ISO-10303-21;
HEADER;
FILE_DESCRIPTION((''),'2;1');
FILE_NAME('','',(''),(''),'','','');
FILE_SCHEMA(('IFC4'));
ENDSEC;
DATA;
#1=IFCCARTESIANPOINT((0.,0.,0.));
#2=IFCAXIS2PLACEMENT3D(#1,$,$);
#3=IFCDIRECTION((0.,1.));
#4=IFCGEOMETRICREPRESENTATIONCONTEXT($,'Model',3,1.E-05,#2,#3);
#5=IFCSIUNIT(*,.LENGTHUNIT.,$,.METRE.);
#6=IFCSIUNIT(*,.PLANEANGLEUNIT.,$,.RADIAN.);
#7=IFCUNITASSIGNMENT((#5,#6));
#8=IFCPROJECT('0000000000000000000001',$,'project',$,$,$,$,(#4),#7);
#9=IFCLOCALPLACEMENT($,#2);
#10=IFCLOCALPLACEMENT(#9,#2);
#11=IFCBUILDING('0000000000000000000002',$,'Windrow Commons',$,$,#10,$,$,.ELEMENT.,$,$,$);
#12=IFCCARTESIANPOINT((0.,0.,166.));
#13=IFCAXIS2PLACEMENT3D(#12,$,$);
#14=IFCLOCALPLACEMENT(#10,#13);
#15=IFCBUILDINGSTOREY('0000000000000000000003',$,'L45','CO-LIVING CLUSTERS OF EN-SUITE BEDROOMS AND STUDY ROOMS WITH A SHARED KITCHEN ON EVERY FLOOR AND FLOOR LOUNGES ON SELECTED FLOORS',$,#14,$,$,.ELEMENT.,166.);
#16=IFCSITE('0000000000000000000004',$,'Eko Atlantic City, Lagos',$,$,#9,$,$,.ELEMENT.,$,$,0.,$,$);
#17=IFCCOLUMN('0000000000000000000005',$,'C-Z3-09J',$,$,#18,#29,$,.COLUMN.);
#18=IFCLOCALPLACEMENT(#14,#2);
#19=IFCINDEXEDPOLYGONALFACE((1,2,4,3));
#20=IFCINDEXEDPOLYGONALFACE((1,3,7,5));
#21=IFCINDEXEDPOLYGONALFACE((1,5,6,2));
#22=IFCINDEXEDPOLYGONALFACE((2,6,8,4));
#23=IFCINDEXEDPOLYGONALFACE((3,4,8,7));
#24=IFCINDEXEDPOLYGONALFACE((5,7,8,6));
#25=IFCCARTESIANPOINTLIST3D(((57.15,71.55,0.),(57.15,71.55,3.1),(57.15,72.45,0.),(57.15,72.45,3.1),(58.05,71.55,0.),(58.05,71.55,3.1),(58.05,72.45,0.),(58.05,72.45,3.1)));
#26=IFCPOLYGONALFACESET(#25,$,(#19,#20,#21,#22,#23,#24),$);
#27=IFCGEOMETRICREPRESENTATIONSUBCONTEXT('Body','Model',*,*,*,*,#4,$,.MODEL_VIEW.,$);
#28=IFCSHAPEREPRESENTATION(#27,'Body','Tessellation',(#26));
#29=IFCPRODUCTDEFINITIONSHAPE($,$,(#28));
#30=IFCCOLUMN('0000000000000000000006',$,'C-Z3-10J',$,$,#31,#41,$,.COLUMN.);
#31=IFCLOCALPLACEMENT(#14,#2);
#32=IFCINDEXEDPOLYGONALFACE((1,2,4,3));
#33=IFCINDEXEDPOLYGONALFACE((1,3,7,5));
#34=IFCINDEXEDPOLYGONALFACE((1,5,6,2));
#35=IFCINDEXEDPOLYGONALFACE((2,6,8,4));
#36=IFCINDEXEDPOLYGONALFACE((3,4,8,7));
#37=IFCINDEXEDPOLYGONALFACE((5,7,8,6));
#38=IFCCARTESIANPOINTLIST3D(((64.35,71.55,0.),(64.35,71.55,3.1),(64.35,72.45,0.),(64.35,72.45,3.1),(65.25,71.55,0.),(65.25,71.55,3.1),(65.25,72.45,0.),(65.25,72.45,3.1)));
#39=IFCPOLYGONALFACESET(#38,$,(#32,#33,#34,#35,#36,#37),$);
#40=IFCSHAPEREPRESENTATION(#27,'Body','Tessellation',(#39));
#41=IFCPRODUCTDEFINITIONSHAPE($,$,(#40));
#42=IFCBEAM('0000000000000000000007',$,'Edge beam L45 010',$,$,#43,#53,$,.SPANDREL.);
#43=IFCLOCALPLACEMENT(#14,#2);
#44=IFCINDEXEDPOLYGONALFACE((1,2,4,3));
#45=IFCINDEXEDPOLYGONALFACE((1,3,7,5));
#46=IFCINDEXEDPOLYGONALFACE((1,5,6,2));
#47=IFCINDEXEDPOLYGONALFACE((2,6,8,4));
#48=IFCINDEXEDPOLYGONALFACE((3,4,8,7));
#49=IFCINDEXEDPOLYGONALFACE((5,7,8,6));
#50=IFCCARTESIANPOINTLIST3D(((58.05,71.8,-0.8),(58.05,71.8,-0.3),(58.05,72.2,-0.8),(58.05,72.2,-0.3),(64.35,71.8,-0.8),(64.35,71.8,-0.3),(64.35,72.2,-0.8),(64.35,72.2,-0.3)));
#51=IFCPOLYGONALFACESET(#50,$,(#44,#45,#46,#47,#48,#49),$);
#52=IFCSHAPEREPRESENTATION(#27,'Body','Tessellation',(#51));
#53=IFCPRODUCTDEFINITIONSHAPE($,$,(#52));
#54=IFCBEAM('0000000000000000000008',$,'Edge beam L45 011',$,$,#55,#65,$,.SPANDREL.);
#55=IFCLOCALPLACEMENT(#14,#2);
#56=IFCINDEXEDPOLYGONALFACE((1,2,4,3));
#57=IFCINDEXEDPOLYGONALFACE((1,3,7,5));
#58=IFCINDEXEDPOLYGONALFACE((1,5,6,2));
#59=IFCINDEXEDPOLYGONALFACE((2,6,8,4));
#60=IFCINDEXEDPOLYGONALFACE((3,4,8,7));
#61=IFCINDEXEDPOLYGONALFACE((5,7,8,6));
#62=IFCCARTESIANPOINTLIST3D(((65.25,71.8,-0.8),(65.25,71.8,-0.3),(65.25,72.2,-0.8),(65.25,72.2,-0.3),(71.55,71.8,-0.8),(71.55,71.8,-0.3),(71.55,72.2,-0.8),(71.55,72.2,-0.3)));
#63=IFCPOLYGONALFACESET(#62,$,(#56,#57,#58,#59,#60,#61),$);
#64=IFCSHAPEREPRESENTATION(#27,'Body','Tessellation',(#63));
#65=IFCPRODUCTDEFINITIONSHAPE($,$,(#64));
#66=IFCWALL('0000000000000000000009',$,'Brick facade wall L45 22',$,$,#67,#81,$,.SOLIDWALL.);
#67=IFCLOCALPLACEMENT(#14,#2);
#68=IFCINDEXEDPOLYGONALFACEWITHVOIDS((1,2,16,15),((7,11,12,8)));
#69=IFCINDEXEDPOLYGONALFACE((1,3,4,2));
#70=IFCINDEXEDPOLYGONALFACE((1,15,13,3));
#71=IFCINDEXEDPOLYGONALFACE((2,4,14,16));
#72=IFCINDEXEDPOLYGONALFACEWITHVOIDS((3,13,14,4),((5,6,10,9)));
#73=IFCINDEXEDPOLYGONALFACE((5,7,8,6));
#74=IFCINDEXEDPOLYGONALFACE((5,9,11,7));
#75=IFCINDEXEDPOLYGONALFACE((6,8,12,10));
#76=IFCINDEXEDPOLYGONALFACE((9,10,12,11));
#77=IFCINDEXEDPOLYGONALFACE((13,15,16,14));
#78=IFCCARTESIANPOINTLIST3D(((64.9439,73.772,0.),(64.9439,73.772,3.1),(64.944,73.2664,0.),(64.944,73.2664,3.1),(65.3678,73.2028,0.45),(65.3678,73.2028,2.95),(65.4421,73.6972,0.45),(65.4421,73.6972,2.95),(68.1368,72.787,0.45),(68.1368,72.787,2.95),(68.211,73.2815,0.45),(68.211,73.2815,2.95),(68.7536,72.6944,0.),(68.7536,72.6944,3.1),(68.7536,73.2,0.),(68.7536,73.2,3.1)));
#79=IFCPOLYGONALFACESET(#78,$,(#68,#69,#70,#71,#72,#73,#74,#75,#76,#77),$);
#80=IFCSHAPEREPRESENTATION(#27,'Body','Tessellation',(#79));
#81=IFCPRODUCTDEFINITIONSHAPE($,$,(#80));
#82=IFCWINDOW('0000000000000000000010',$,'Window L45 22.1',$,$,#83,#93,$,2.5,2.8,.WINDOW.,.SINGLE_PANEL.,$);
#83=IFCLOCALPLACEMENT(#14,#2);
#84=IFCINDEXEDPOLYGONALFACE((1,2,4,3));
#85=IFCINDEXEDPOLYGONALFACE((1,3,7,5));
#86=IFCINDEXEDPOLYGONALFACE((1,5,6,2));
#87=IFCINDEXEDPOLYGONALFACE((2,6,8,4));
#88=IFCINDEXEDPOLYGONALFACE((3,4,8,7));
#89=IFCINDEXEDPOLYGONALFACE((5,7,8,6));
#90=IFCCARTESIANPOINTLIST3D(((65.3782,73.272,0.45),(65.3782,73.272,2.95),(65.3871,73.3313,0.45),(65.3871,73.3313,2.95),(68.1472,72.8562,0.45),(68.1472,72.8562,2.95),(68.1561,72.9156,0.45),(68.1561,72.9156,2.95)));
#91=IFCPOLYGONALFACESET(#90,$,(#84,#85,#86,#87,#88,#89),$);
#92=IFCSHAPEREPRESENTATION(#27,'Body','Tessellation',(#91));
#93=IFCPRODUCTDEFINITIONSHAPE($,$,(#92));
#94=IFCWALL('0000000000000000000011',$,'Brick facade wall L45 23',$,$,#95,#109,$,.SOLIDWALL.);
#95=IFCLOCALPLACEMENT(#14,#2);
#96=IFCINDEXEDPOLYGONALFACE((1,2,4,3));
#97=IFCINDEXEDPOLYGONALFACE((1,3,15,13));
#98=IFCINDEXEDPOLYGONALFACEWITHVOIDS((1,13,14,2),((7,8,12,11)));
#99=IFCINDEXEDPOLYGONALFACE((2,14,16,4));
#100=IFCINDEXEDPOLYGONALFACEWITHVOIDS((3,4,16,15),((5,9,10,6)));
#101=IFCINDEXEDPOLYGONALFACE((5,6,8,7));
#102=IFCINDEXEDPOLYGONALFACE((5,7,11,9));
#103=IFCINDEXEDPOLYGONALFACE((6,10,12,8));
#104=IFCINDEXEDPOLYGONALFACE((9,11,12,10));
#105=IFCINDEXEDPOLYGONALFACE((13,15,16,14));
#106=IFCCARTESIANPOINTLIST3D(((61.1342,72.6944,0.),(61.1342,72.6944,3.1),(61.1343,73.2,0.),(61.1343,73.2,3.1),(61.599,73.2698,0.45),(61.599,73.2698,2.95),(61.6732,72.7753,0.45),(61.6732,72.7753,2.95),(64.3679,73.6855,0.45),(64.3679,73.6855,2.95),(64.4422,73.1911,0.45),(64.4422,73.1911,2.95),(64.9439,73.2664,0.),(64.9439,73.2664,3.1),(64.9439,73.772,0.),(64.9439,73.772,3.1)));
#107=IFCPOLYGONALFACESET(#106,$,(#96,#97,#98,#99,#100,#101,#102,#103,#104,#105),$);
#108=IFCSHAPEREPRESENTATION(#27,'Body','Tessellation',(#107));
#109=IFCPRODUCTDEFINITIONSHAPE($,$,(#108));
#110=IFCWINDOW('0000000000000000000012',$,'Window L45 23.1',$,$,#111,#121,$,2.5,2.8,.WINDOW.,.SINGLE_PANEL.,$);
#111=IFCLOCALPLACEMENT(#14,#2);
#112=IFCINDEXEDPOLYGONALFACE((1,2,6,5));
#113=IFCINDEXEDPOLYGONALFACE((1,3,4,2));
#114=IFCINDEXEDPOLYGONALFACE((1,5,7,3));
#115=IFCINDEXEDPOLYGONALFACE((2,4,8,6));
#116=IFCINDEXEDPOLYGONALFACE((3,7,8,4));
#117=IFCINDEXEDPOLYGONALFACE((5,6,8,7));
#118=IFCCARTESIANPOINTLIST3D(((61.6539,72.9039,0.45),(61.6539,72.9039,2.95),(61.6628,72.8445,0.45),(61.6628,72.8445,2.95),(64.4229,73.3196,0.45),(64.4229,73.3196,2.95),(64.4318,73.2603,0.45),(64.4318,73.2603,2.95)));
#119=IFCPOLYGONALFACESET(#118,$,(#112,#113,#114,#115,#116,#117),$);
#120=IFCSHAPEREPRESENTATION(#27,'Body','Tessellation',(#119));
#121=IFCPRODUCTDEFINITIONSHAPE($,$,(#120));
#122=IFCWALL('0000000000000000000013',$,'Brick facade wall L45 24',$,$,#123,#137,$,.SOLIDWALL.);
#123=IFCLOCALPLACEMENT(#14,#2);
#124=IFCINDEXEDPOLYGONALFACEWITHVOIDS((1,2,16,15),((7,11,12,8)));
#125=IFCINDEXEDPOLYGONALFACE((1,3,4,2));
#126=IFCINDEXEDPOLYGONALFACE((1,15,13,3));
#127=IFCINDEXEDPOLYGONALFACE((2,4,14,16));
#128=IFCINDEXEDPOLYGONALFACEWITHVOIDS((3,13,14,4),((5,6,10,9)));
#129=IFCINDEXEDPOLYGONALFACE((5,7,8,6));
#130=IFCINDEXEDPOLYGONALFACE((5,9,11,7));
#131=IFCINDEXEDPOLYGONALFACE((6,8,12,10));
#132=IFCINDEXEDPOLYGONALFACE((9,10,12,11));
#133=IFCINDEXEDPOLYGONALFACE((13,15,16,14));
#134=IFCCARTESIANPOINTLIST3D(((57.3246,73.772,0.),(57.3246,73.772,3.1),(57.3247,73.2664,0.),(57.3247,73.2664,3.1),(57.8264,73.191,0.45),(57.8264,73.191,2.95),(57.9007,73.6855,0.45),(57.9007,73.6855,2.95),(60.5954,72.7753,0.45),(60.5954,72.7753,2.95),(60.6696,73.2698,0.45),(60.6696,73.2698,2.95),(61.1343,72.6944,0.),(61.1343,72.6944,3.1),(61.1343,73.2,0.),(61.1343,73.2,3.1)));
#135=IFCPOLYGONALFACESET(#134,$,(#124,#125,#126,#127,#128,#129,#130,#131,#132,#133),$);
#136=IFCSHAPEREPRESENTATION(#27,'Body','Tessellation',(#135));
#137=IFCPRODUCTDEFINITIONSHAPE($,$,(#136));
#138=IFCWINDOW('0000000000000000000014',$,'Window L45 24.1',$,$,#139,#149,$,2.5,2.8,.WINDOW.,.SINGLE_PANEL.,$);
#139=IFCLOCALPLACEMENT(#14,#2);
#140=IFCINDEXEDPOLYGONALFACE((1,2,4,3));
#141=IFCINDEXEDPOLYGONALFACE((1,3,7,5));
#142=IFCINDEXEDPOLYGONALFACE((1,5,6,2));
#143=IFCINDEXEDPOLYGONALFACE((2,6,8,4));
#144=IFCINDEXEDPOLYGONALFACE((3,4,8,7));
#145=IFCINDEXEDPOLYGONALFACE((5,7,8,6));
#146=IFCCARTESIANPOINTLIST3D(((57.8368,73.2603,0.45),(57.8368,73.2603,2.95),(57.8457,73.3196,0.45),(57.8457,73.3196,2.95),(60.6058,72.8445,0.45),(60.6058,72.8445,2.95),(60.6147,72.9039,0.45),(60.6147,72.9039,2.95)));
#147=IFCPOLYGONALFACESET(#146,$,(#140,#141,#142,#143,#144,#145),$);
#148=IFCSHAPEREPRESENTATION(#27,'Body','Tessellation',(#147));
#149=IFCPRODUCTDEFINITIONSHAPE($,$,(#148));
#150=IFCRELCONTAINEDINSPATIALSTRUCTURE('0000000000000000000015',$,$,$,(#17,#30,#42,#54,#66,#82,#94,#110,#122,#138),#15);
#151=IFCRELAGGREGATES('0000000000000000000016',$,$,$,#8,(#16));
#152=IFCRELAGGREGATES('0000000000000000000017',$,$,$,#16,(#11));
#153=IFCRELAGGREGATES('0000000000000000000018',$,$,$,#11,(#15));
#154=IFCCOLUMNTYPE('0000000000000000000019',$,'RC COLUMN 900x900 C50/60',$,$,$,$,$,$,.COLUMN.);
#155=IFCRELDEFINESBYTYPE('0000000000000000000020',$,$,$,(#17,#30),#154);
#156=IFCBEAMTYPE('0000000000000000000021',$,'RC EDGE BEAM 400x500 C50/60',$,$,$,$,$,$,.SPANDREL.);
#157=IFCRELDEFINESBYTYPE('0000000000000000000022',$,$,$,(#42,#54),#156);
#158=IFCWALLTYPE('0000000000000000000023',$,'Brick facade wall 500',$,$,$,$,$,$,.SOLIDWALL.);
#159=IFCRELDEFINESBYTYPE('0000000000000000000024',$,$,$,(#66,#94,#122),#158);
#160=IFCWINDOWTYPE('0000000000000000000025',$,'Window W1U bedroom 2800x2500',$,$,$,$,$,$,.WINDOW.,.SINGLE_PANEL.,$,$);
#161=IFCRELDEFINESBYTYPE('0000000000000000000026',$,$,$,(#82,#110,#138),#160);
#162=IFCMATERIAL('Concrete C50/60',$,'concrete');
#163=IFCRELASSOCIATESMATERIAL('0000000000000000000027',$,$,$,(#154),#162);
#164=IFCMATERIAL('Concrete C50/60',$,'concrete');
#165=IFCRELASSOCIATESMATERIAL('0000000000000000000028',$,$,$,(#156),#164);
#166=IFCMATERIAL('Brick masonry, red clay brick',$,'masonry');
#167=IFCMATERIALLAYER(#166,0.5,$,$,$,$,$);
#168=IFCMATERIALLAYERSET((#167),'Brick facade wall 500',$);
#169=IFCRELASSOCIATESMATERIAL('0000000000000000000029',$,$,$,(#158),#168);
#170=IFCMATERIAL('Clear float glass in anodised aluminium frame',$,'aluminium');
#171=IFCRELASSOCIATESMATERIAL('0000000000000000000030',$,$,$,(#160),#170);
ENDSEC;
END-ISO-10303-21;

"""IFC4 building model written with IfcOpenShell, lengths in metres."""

from ifc_helpers import new_model, si_unit, direction, frame, frame_2d, origin, origin_2d, place, context, subcontext, project, spatial, polyline, rectangle, outline, extrude, material, layer, layer_set, material_profile, profile_set, type_object, element, fill, save


model = new_model("IFC4")

# Units and contexts
model_context = context("Model", 3, precision=1e-05, world=origin(), true_north=direction((0.0, 1.0)))
body_context = subcontext(model_context, "Body", "Model", "MODEL_VIEW")
ifc_project = project(units=[si_unit("LENGTHUNIT", "METRE"), si_unit("PLANEANGLEUNIT", "RADIAN")], contexts=[model_context])

# Site, building, storey
site_placement = place(None, origin())
site = spatial("IfcSite", under=ifc_project, at=site_placement, Name="Eko Atlantic City, Lagos", CompositionType="ELEMENT", RefElevation=0.0)
building_placement = place(site_placement, origin())
building = spatial("IfcBuilding", under=site, at=building_placement, Name="Windrow Commons", CompositionType="ELEMENT")
storey_placement = place(building_placement, frame((0.0, 0.0, 166.0)))
storey = spatial("IfcBuildingStorey", under=building, at=storey_placement, Name="L45", Description="CO-LIVING CLUSTERS OF EN-SUITE BEDROOMS AND STUDY ROOMS WITH A SHARED KITCHEN ON EVERY FLOOR AND FLOOR LOUNGES ON SELECTED FLOORS", CompositionType="ELEMENT", Elevation=166.0)

# Columns
ifc_material_1 = material(Name="Concrete C50/60", Category="concrete")
ifc_material_profile_1 = material_profile(ifc_material_1, rectangle(XDim=0.9, YDim=0.9, at=origin_2d()))
ifc_profile_set_1 = profile_set([ifc_material_profile_1], Name="Concrete C50/60")
column_type = type_object("IfcColumnType", Name="RC COLUMN 900x900 C50/60", PredefinedType="COLUMN", material=ifc_profile_set_1)
for number, where, z_axis, x_axis, name in (
    (1, (57.6, 72.0, 0.0), (0.0, 0.0, 1.0), (1.0, 0.0, 0.0), "C-Z3-09J"),
    (2, (64.8, 72.0, 0.0), (0.0, 0.0, 1.0), (1.0, 0.0, 0.0), "C-Z3-10J"),
):
    element("IfcColumn", number, at=place(storey_placement, frame(where, z_axis=z_axis, x_axis=x_axis)), inside=storey, type_object=column_type, Name=name, PredefinedType="COLUMN", context=body_context, shape_type="SweptSolid", body=[
        extrude(rectangle(XDim=0.9, YDim=0.9, at=origin_2d()), origin(), (0.0, 0.0, 1.0), 3.1),
    ])

# Beams
ifc_material_2 = material(Name="Concrete C50/60", Category="concrete")
ifc_material_profile_2 = material_profile(ifc_material_2, rectangle(XDim=0.4, YDim=0.5, at=origin_2d()))
ifc_profile_set_2 = profile_set([ifc_material_profile_2], Name="Concrete C50/60")
beam_type = type_object("IfcBeamType", Name="RC EDGE BEAM 400x500 C50/60", PredefinedType="SPANDREL", material=ifc_profile_set_2)
for number, where, z_axis, x_axis, name in (
    (3, (58.05, 72.0, -0.55), (1.0, 0.0, 0.0), (0.0, 1.0, 0.0), "Edge beam L45 010"),
    (4, (65.25, 72.0, -0.55), (1.0, 0.0, 0.0), (0.0, 1.0, 0.0), "Edge beam L45 011"),
):
    element("IfcBeam", number, at=place(storey_placement, frame(where, z_axis=z_axis, x_axis=x_axis)), inside=storey, type_object=beam_type, Name=name, PredefinedType="SPANDREL", context=body_context, shape_type="SweptSolid", body=[
        extrude(rectangle(XDim=0.4, YDim=0.5, at=origin_2d()), origin(), (0.0, 0.0, 1.0), 6.3),
    ])

# Walls, openings, windows
ifc_material_3 = material(Name="Brick masonry, red clay brick", Category="masonry")
ifc_layer_1 = layer(ifc_material_3, 0.5)
ifc_layer_set_1 = layer_set([ifc_layer_1], Name="Brick facade wall 500")
wall_type_1 = type_object("IfcWallType", Name="Brick facade wall 500", PredefinedType="SOLIDWALL", material=ifc_layer_set_1)
wall_1_placement = place(storey_placement, frame((68.7536, 72.9472, 0.0), z_axis=(0.0, 0.0, 1.0), x_axis=(-0.988916, 0.148479, 0.0)))
wall_1 = element("IfcWall", 5, at=wall_1_placement, inside=storey, type_object=wall_type_1, Name="Brick facade wall L45 22", PredefinedType="SOLIDWALL", context=body_context, shape_type="SweptSolid", body=[
    extrude(outline(polyline([(0.0375, -0.25), (3.8899, -0.25), (3.8148, 0.25), (-0.0375, 0.25), (0.0375, -0.25)])), origin(), (0.0, 0.0, 1.0), 3.1),
])
opening_1_placement = place(wall_1_placement, frame((0.5862, 0.0, 0.45)))
opening_1 = element("IfcOpeningElement", 6, at=opening_1_placement, cuts=wall_1, PredefinedType="OPENING", context=body_context, shape_type="SweptSolid", body=[
    extrude(rectangle(XDim=2.8, YDim=2.5, at=frame_2d((1.4, 1.25))), frame((0.0, 0.26, 0.0), z_axis=(0.0, -1.0, 0.0), x_axis=(1.0, 0.0, 0.0)), (0.0, 0.0, 1.0), 0.52),
])
ifc_material_4 = material(Name="Clear float glass in anodised aluminium frame", Category="aluminium")
window_type = type_object("IfcWindowType", Name="Window W1U bedroom 2800x2500", PartitioningType="SINGLE_PANEL", PredefinedType="WINDOW", material=ifc_material_4)
window_1_placement = place(opening_1_placement, origin())
window_1 = element("IfcWindow", 7, at=window_1_placement, inside=storey, type_object=window_type, Name="Window L45 22.1", OverallHeight=2.5, OverallWidth=2.8, PartitioningType="SINGLE_PANEL", PredefinedType="WINDOW", context=body_context, shape_type="SweptSolid", body=[
    extrude(rectangle(XDim=2.8, YDim=2.5, at=frame_2d((1.4, 1.25))), frame((0.0, 0.18, 0.0), z_axis=(0.0, -1.0, 0.0), x_axis=(1.0, 0.0, 0.0)), (0.0, 0.0, 1.0), 0.06),
])
fill(opening_1, window_1)
wall_2_placement = place(storey_placement, frame((64.9439, 73.5192, 0.0), z_axis=(0.0, 0.0, 1.0), x_axis=(-0.988915, -0.148483, 0.0)))
wall_2 = element("IfcWall", 8, at=wall_2_placement, inside=storey, type_object=wall_type_1, Name="Brick facade wall L45 23", PredefinedType="SOLIDWALL", context=body_context, shape_type="SweptSolid", body=[
    extrude(outline(polyline([(-0.0375, -0.25), (3.8148, -0.25), (3.8899, 0.25), (0.0375, 0.25), (-0.0375, -0.25)])), origin(), (0.0, 0.0, 1.0), 3.1),
])
opening_2_placement = place(wall_2_placement, frame((0.5449, 0.0, 0.45)))
opening_2 = element("IfcOpeningElement", 9, at=opening_2_placement, cuts=wall_2, PredefinedType="OPENING", context=body_context, shape_type="SweptSolid", body=[
    extrude(rectangle(XDim=2.8, YDim=2.5, at=frame_2d((1.4, 1.25))), frame((0.0, 0.26, 0.0), z_axis=(0.0, -1.0, 0.0), x_axis=(1.0, 0.0, 0.0)), (0.0, 0.0, 1.0), 0.52),
])
window_2_placement = place(opening_2_placement, origin())
window_2 = element("IfcWindow", 10, at=window_2_placement, inside=storey, type_object=window_type, Name="Window L45 23.1", OverallHeight=2.5, OverallWidth=2.8, PartitioningType="SINGLE_PANEL", PredefinedType="WINDOW", context=body_context, shape_type="SweptSolid", body=[
    extrude(rectangle(XDim=2.8, YDim=2.5, at=frame_2d((1.4, 1.25))), frame((0.0, 0.18, 0.0), z_axis=(0.0, -1.0, 0.0), x_axis=(1.0, 0.0, 0.0)), (0.0, 0.0, 1.0), 0.06),
])
fill(opening_2, window_2)
wall_3_placement = place(storey_placement, frame((61.1343, 72.9472, 0.0), z_axis=(0.0, 0.0, 1.0), x_axis=(-0.988916, 0.148479, 0.0)))
wall_3 = element("IfcWall", 11, at=wall_3_placement, inside=storey, type_object=wall_type_1, Name="Brick facade wall L45 24", PredefinedType="SOLIDWALL", context=body_context, shape_type="SweptSolid", body=[
    extrude(outline(polyline([(0.0375, -0.25), (3.8899, -0.25), (3.8148, 0.25), (-0.0375, 0.25), (0.0375, -0.25)])), origin(), (0.0, 0.0, 1.0), 3.1),
])
opening_3_placement = place(wall_3_placement, frame((0.5074, 0.0, 0.45)))
opening_3 = element("IfcOpeningElement", 12, at=opening_3_placement, cuts=wall_3, PredefinedType="OPENING", context=body_context, shape_type="SweptSolid", body=[
    extrude(rectangle(XDim=2.8, YDim=2.5, at=frame_2d((1.4, 1.25))), frame((0.0, 0.26, 0.0), z_axis=(0.0, -1.0, 0.0), x_axis=(1.0, 0.0, 0.0)), (0.0, 0.0, 1.0), 0.52),
])
window_3_placement = place(opening_3_placement, origin())
window_3 = element("IfcWindow", 13, at=window_3_placement, inside=storey, type_object=window_type, Name="Window L45 24.1", OverallHeight=2.5, OverallWidth=2.8, PartitioningType="SINGLE_PANEL", PredefinedType="WINDOW", context=body_context, shape_type="SweptSolid", body=[
    extrude(rectangle(XDim=2.8, YDim=2.5, at=frame_2d((1.4, 1.25))), frame((0.0, 0.18, 0.0), z_axis=(0.0, -1.0, 0.0), x_axis=(1.0, 0.0, 0.0)), (0.0, 0.0, 1.0), 0.06),
])
fill(opening_3, window_3)

save(model, "model.ifc")
